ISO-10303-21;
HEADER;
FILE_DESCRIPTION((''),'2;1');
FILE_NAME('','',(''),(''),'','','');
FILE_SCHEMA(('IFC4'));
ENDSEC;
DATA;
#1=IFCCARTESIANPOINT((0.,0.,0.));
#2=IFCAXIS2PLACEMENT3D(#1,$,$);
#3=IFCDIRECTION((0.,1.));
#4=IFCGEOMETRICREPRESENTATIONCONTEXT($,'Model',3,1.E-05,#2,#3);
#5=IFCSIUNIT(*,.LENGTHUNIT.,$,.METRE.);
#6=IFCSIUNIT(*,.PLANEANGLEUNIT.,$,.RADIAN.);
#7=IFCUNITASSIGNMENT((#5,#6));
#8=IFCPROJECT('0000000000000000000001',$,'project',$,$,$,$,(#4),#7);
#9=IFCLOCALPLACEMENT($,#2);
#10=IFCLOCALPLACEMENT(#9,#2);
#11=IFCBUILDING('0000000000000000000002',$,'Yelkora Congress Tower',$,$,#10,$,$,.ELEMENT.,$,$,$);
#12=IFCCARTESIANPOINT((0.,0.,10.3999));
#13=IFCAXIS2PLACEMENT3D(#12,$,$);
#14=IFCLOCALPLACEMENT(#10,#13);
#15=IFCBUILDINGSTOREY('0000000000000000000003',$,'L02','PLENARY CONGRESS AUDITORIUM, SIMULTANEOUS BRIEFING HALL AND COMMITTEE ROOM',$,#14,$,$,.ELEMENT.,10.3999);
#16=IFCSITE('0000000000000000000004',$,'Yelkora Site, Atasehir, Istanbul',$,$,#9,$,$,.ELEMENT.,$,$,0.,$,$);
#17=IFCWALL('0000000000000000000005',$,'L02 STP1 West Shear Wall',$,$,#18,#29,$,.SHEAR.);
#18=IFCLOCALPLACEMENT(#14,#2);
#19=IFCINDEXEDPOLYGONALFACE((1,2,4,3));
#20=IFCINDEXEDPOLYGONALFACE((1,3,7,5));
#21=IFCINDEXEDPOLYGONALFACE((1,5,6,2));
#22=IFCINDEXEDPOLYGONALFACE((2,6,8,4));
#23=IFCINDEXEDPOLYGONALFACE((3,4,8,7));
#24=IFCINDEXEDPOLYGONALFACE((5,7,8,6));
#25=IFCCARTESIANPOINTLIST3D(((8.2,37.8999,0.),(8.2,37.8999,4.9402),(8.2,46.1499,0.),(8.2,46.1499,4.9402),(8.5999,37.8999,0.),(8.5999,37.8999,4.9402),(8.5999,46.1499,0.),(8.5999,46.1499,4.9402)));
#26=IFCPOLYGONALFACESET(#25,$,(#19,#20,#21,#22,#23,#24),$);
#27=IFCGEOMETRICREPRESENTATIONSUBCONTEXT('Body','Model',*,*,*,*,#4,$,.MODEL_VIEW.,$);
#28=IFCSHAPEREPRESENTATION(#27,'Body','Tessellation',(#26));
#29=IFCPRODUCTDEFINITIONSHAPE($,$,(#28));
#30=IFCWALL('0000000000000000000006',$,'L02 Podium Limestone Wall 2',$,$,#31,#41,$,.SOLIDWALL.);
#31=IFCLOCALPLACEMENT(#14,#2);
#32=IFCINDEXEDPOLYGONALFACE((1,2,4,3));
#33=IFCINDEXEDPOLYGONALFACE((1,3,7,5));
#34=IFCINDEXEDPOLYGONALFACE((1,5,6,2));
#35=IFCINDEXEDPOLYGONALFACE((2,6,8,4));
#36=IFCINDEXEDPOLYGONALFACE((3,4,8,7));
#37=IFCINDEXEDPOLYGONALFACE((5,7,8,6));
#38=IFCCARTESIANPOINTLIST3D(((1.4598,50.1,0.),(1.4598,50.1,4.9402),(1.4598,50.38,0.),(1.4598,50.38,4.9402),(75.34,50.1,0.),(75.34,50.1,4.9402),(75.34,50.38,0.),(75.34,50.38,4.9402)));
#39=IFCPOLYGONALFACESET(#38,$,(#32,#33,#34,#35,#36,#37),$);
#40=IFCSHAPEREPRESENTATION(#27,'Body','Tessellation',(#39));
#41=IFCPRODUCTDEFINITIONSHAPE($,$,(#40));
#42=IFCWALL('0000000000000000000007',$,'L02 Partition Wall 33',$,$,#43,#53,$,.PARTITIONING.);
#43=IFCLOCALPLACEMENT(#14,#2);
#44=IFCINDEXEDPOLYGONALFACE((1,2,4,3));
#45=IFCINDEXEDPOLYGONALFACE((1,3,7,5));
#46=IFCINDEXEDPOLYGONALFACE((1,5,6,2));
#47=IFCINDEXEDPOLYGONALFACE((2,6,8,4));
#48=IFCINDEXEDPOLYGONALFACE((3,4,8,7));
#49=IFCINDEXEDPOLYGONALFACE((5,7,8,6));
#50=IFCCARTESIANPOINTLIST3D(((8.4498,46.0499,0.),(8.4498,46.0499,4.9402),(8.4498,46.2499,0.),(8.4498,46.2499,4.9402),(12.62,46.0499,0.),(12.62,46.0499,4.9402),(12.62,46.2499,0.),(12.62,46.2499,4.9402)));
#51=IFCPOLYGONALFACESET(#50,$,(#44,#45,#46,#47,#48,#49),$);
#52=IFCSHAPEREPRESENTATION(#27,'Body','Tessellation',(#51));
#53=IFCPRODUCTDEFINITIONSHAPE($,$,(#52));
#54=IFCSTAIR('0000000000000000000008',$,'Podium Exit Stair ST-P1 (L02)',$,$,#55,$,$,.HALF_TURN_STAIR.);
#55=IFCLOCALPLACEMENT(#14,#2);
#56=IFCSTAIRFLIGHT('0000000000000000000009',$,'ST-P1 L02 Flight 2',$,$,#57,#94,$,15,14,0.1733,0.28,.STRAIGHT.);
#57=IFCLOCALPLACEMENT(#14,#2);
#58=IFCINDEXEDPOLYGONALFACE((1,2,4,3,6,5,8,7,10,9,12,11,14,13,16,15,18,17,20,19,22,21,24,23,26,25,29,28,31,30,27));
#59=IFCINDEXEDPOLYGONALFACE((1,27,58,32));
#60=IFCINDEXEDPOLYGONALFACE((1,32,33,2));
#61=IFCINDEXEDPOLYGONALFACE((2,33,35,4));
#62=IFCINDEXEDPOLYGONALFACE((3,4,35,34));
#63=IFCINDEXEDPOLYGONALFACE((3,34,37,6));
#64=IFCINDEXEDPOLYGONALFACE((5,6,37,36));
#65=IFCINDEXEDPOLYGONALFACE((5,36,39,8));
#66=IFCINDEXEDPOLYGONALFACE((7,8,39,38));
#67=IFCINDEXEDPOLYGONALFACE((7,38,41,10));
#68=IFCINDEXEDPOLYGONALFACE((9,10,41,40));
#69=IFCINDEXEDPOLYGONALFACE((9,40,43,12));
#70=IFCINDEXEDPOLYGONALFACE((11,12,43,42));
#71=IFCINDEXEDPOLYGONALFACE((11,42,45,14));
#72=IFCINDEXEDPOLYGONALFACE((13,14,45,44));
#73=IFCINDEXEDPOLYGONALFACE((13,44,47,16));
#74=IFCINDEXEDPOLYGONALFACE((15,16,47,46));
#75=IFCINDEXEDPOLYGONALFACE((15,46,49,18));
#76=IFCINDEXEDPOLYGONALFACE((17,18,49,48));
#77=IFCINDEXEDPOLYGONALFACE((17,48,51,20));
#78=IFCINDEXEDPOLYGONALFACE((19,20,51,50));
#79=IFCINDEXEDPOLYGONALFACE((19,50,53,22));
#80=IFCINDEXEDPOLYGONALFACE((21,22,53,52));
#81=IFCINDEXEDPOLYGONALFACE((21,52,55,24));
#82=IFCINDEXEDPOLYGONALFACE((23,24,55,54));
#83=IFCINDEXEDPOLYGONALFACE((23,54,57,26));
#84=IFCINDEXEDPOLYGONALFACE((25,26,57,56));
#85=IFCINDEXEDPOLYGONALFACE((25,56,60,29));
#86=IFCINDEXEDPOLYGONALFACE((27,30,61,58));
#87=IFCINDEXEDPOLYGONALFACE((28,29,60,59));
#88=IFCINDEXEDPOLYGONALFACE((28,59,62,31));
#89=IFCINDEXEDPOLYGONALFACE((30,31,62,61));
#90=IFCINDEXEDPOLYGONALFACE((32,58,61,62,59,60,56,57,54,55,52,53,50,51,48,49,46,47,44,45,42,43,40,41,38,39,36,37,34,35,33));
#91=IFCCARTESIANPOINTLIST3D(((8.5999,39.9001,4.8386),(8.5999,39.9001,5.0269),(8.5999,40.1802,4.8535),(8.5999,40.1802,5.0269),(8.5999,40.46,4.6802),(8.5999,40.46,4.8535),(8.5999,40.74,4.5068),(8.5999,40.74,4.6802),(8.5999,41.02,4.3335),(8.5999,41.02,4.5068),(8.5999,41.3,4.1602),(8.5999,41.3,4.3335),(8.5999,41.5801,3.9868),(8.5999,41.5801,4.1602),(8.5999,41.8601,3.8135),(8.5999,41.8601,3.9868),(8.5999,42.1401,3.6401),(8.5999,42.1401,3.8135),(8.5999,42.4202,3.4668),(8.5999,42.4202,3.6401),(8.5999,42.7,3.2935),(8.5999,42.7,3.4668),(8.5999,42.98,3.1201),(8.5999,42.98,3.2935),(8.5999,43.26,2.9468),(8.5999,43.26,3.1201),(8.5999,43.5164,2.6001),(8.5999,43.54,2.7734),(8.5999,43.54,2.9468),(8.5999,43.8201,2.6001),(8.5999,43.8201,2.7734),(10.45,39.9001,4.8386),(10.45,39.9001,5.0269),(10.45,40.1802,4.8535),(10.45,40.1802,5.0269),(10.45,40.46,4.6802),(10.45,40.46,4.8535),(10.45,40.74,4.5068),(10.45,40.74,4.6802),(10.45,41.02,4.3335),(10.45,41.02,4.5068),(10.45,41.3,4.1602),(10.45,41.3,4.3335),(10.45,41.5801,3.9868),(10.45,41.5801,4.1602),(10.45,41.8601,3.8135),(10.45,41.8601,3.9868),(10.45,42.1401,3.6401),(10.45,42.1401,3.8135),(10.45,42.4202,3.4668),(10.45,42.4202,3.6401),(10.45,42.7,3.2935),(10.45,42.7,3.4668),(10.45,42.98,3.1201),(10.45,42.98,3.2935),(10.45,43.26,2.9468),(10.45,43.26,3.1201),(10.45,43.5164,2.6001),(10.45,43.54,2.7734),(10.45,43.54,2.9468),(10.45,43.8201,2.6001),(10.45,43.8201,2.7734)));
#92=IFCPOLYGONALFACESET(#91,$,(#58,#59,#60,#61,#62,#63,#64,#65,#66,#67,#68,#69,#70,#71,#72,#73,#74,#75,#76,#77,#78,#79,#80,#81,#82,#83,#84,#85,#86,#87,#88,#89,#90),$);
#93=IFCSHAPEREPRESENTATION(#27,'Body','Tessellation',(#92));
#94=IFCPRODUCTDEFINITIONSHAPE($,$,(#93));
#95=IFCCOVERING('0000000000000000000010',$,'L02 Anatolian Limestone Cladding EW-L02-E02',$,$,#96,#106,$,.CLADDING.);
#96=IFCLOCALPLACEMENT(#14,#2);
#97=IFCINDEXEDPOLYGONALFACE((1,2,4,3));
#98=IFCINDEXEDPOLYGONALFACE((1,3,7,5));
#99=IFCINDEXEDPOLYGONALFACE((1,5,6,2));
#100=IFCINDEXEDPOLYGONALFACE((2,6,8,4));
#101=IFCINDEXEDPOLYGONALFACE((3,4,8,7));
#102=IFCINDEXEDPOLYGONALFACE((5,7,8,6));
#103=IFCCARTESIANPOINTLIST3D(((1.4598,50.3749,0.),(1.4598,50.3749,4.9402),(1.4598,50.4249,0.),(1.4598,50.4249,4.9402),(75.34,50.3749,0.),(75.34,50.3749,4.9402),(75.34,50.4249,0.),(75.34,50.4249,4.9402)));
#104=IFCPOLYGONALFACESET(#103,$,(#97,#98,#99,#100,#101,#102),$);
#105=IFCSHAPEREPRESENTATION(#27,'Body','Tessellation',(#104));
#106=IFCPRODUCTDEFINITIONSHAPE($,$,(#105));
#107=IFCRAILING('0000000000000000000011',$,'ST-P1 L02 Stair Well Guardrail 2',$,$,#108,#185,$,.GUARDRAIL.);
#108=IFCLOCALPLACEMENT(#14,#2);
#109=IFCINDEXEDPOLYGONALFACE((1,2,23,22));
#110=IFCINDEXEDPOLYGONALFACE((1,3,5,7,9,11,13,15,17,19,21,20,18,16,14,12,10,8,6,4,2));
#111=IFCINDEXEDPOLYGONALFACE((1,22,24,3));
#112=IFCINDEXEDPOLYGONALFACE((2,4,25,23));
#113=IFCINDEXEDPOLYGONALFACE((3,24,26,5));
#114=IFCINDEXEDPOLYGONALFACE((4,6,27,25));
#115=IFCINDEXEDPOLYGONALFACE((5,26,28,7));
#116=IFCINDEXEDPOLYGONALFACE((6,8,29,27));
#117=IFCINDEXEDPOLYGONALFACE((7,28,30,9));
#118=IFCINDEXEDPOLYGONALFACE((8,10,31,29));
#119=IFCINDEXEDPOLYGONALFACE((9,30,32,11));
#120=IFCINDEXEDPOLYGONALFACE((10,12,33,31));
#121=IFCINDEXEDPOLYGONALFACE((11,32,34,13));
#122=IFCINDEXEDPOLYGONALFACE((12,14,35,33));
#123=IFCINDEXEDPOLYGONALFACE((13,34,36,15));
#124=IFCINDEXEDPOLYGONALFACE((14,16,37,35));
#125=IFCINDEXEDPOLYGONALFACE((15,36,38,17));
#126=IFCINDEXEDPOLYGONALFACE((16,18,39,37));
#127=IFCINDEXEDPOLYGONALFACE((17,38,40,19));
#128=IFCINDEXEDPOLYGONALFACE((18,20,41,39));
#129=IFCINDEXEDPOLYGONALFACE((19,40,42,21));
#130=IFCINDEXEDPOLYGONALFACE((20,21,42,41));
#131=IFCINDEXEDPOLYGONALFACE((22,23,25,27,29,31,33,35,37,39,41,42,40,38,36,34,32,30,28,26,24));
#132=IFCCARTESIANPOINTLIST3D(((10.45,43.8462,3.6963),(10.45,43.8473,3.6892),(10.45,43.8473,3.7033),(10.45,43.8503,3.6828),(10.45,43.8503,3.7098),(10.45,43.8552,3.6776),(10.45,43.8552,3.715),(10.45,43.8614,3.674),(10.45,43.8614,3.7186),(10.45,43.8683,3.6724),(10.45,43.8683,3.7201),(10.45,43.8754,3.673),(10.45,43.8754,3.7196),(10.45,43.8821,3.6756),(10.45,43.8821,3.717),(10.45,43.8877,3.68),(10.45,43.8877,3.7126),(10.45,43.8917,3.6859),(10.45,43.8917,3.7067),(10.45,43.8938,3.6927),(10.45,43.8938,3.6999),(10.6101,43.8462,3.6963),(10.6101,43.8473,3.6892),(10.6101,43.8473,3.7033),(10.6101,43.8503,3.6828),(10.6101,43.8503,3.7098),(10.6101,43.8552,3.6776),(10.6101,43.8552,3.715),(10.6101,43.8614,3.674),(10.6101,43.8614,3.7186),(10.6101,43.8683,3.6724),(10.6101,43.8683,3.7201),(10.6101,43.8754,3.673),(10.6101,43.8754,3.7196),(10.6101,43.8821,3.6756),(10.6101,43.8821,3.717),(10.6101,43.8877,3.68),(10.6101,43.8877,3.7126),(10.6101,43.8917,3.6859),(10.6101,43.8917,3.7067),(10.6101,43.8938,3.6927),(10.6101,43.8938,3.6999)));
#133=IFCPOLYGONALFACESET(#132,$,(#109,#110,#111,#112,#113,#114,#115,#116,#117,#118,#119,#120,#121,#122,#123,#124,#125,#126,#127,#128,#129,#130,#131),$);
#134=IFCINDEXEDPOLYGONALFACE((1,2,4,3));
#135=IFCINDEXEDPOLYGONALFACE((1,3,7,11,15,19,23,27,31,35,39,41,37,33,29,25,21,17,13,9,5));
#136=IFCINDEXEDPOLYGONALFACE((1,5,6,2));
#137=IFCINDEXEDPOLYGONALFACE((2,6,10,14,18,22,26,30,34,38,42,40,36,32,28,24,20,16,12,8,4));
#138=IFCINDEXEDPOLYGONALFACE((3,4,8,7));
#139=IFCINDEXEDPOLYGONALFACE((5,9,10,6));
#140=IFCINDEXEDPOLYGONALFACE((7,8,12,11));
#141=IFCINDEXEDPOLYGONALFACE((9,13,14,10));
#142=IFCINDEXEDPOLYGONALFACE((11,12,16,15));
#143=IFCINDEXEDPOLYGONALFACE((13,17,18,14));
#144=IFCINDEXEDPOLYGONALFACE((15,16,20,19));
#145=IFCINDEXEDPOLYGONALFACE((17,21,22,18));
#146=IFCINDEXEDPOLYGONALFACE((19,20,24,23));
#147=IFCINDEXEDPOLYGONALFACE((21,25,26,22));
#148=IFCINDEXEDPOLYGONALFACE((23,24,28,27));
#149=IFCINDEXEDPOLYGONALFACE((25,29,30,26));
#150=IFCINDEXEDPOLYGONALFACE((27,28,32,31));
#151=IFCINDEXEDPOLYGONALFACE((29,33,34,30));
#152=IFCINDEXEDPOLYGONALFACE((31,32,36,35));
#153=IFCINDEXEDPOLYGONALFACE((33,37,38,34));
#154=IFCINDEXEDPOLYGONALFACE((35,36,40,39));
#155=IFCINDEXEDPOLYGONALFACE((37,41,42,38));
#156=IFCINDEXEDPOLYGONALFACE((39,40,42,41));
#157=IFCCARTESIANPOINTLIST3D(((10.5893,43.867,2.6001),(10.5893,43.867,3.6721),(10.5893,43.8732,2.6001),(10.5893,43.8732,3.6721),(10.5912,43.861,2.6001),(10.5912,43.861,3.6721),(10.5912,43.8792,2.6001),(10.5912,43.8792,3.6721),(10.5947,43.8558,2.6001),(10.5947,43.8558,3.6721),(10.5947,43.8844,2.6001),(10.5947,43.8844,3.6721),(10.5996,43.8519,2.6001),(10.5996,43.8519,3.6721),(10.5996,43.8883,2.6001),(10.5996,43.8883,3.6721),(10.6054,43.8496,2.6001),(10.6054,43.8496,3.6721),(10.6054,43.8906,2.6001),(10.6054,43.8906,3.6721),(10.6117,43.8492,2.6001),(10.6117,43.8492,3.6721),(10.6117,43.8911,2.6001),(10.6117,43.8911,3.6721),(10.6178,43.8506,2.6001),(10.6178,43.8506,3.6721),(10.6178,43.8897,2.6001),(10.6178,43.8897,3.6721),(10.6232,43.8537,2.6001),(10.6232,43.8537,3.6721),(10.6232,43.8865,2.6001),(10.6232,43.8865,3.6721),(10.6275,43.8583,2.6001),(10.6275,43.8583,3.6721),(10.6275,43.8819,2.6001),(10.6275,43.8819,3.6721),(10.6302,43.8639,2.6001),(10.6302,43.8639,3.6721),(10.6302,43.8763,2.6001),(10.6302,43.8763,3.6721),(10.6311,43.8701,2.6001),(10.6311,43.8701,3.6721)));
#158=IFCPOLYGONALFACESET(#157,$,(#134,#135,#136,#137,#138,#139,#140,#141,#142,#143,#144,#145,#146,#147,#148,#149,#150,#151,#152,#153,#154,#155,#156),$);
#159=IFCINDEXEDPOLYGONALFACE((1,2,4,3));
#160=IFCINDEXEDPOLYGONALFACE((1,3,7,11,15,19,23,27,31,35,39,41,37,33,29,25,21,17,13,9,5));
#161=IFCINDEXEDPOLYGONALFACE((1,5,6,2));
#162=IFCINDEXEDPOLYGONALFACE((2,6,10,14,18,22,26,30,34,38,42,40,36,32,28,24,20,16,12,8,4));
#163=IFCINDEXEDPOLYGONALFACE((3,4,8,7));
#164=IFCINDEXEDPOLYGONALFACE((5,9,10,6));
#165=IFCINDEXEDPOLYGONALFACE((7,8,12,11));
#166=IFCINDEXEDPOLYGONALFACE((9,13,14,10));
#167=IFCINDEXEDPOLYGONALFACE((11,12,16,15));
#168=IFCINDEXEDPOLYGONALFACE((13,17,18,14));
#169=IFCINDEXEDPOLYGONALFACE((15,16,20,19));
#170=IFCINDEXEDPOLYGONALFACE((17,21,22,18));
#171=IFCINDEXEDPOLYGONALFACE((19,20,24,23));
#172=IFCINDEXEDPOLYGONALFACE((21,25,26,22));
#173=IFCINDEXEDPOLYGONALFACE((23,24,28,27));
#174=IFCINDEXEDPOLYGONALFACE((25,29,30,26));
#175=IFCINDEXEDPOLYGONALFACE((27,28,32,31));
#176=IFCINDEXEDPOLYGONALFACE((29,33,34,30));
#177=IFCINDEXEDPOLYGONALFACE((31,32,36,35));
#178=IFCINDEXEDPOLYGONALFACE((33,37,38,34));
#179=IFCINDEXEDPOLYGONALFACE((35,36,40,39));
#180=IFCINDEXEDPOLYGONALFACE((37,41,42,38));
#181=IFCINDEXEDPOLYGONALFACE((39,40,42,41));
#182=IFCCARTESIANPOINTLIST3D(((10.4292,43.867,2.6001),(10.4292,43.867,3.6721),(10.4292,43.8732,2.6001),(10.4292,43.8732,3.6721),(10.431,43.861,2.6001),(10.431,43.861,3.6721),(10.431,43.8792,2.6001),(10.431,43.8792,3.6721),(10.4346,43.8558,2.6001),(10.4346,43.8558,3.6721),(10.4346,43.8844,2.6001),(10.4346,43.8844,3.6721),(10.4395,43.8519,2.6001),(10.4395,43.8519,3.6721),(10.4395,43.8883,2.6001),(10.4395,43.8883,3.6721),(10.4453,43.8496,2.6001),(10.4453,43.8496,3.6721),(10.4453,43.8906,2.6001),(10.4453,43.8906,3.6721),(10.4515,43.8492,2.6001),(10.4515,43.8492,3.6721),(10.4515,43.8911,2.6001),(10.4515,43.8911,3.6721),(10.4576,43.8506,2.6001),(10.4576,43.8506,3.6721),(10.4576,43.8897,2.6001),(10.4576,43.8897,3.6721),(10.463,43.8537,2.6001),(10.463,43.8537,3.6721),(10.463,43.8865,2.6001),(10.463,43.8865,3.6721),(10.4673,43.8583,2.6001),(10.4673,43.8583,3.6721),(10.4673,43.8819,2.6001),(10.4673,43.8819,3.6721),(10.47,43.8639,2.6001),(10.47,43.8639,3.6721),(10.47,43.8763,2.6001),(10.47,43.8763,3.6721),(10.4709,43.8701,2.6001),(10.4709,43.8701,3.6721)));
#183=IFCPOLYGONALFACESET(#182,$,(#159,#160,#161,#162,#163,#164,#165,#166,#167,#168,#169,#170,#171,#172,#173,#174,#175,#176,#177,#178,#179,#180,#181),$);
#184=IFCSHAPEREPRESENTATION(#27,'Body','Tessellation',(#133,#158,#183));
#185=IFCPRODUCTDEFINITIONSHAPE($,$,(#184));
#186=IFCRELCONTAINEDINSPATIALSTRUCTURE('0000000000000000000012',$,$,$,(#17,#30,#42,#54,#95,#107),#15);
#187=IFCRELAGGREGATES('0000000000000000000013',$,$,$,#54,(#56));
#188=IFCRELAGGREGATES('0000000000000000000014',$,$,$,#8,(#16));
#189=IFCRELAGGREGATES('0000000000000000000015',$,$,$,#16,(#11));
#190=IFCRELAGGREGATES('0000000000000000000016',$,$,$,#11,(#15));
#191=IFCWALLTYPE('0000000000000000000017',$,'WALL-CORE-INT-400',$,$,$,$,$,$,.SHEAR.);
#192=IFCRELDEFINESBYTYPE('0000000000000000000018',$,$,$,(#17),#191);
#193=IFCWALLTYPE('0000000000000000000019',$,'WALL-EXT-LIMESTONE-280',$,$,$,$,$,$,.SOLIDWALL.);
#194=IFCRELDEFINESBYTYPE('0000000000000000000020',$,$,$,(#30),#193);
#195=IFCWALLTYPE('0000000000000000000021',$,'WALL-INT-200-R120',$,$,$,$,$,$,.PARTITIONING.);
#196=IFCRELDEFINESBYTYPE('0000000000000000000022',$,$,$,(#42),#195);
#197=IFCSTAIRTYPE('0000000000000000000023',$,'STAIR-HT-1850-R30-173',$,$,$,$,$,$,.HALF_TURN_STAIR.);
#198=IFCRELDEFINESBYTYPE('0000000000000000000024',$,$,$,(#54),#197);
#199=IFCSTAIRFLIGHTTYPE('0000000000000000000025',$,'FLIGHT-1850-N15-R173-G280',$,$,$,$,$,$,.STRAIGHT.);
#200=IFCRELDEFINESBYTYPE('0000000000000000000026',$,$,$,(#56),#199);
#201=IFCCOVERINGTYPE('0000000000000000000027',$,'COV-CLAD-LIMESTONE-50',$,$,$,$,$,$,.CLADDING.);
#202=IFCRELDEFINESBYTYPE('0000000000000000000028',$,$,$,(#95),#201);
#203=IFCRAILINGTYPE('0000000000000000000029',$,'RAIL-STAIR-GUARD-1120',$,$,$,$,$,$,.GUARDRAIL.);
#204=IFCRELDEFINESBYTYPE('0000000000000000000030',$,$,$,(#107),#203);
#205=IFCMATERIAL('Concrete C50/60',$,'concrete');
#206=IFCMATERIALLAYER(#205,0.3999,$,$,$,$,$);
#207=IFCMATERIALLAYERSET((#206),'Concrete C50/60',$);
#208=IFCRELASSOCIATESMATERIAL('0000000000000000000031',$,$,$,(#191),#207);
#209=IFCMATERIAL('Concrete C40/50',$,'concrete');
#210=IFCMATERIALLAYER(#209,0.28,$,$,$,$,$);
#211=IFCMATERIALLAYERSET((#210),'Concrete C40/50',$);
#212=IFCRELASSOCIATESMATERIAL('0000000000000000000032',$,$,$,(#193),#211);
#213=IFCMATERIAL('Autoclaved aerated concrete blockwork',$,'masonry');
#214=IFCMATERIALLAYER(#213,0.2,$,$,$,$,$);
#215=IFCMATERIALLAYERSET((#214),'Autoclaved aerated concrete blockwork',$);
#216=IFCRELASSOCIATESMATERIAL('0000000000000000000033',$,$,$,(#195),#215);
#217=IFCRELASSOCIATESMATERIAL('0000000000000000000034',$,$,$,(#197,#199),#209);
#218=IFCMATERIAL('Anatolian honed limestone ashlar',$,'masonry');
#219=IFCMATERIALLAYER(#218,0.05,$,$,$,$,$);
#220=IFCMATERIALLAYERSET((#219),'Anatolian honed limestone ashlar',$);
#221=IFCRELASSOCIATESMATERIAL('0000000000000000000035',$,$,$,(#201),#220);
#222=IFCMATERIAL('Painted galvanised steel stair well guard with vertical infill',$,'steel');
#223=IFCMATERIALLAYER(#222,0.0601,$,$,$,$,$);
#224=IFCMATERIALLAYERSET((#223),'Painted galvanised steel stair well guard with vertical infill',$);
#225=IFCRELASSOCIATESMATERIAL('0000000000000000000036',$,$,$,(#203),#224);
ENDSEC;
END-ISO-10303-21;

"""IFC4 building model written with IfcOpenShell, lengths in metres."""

from ifc_helpers import new_model, si_unit, direction, frame, frame_2d, origin, origin_2d, place, context, subcontext, project, spatial, polyline, rectangle, circle, outline, extrude, material, layer, layer_set, type_object, element, aggregate, save


model = new_model("IFC4")

# Units and contexts
model_context = context("Model", 3, precision=1e-05, world=origin(), true_north=direction((0.0, 1.0)))
body_context = subcontext(model_context, "Body", "Model", "MODEL_VIEW")
ifc_project = project(units=[si_unit("LENGTHUNIT", "METRE"), si_unit("PLANEANGLEUNIT", "RADIAN")], contexts=[model_context])

# Site, building, storey
site_placement = place(None, origin())
site = spatial("IfcSite", under=ifc_project, at=site_placement, Name="Yelkora Site, Atasehir, Istanbul", CompositionType="ELEMENT", RefElevation=0.0)
building_placement = place(site_placement, origin())
building = spatial("IfcBuilding", under=site, at=building_placement, Name="Yelkora Congress Tower", CompositionType="ELEMENT")
storey_placement = place(building_placement, frame((0.0, 0.0, 10.3999)))
storey = spatial("IfcBuildingStorey", under=building, at=storey_placement, Name="L02", Description="PLENARY CONGRESS AUDITORIUM, SIMULTANEOUS BRIEFING HALL AND COMMITTEE ROOM", CompositionType="ELEMENT", Elevation=10.3999)

# Shared definitions
ifc_material_1 = material(Name="Concrete C50/60", Category="concrete")

# Walls
ifc_layer_1 = layer(ifc_material_1, 0.3999)
ifc_layer_set_1 = layer_set([ifc_layer_1], Name="Concrete C50/60")
wall_type_1 = type_object("IfcWallType", Name="WALL-CORE-INT-400", PredefinedType="SHEAR", material=ifc_layer_set_1)
wall_1_placement = place(storey_placement, frame((8.3999, 37.8999, 0.0), z_axis=(0.0, 0.0, 1.0), x_axis=(0.0, 1.0, 0.0)))
element("IfcWall", 1, at=wall_1_placement, inside=storey, type_object=wall_type_1, Name="L02 STP1 West Shear Wall", PredefinedType="SHEAR", context=body_context, shape_type="SweptSolid", body=[
    extrude(rectangle(XDim=8.25, YDim=0.3999, at=frame_2d((4.125, 0.0))), origin(), (0.0, 0.0, 1.0), 4.9402),
])
ifc_material_2 = material(Name="Concrete C40/50", Category="concrete")
ifc_layer_2 = layer(ifc_material_2, 0.28)
ifc_layer_set_2 = layer_set([ifc_layer_2], Name="Concrete C40/50")
wall_type_2 = type_object("IfcWallType", Name="WALL-EXT-LIMESTONE-280", PredefinedType="SOLIDWALL", material=ifc_layer_set_2)
wall_2_placement = place(storey_placement, frame((1.46, 50.24, 0.0), z_axis=(0.0, 0.0, 1.0), x_axis=(1.0, 0.0, 0.0)))
element("IfcWall", 2, at=wall_2_placement, inside=storey, type_object=wall_type_2, Name="L02 Podium Limestone Wall 2", PredefinedType="SOLIDWALL", context=body_context, shape_type="SweptSolid", body=[
    extrude(rectangle(XDim=73.8801, YDim=0.28, at=frame_2d((36.9399, 0.0))), origin(), (0.0, 0.0, 1.0), 4.9402),
])

# Shared definitions
ifc_material_3 = material(Name="Autoclaved aerated concrete blockwork", Category="masonry")
ifc_layer_3 = layer(ifc_material_3, 0.2)
ifc_layer_set_3 = layer_set([ifc_layer_3], Name="Autoclaved aerated concrete blockwork")
wall_type_3 = type_object("IfcWallType", Name="WALL-INT-200-R120", PredefinedType="PARTITIONING", material=ifc_layer_set_3)

# Wall
wall_3_placement = place(storey_placement, frame((8.45, 46.1499, 0.0), z_axis=(0.0, 0.0, 1.0), x_axis=(1.0, 0.0, 0.0)))
element("IfcWall", 3, at=wall_3_placement, inside=storey, type_object=wall_type_3, Name="L02 Partition Wall 33", PredefinedType="PARTITIONING", context=body_context, shape_type="SweptSolid", body=[
    extrude(rectangle(XDim=4.1702, YDim=0.2, at=frame_2d((2.085, 0.0))), origin(), (0.0, 0.0, 1.0), 4.9402),
])

# Stair, stair flight
stair_type = type_object("IfcStairType", Name="STAIR-HT-1850-R30-173", PredefinedType="HALF_TURN_STAIR", material=ifc_material_2)
stair_placement = place(storey_placement, origin())
stair = element("IfcStair", 4, at=stair_placement, inside=storey, type_object=stair_type, Name="Podium Exit Stair ST-P1 (L02)", PredefinedType="HALF_TURN_STAIR")
stair_flight_type = type_object("IfcStairFlightType", Name="FLIGHT-1850-N15-R173-G280", PredefinedType="STRAIGHT", material=ifc_material_2)
stair_flight_placement = place(storey_placement, frame((9.5249, 43.8201, 2.6001), z_axis=(0.0, 0.0, 1.0), x_axis=(0.0, -1.0, 0.0)))
stair_flight = element("IfcStairFlight", 5, at=stair_flight_placement, type_object=stair_flight_type, Name="ST-P1 L02 Flight 2", NumberOfRisers=15, NumberOfTreads=14, PredefinedType="STRAIGHT", RiserHeight=0.1733, TreadLength=0.28, context=body_context, shape_type="SweptSolid", body=[
    extrude(outline(polyline([(0.0, 0.0), (0.0, 0.1733), (0.28, 0.1733), (0.28, 0.3467), (0.5601, 0.3467), (0.5601, 0.52), (0.8401, 0.52), (0.8401, 0.6934), (1.1201, 0.6934), (1.1201, 0.8667), (1.3999, 0.8667), (1.3999, 1.04), (1.6799, 1.04), (1.6799, 1.2134), (1.96, 1.2134), (1.96, 1.3867), (2.24, 1.3867), (2.24, 1.5601), (2.52, 1.5601), (2.52, 1.7334), (2.8, 1.7334), (2.8, 1.9067), (3.0801, 1.9067), (3.0801, 2.0801), (3.3601, 2.0801), (3.3601, 2.2534), (3.6399, 2.2534), (3.6399, 2.4268), (3.9199, 2.4268), (3.9199, 2.6001), (3.9199, 2.2385), (0.3037, 0.0), (0.0, 0.0)])), frame((0.0, 0.925, 0.0), z_axis=(0.0, -1.0, 0.0), x_axis=(1.0, 0.0, 0.0)), (0.0, 0.0, 1.0), 1.8501),
])
aggregate(stair, [stair_flight])

# Covering
ifc_material_4 = material(Name="Anatolian honed limestone ashlar", Category="masonry")
ifc_layer_4 = layer(ifc_material_4, 0.05)
ifc_layer_set_4 = layer_set([ifc_layer_4], Name="Anatolian honed limestone ashlar")
covering_type = type_object("IfcCoveringType", Name="COV-CLAD-LIMESTONE-50", PredefinedType="CLADDING", material=ifc_layer_set_4)
covering_placement = place(storey_placement, frame((1.46, 50.3999, 0.0), z_axis=(0.0, 0.0, 1.0), x_axis=(1.0, 0.0, 0.0)))
element("IfcCovering", 6, at=covering_placement, inside=storey, type_object=covering_type, Name="L02 Anatolian Limestone Cladding EW-L02-E02", PredefinedType="CLADDING", context=body_context, shape_type="SweptSolid", body=[
    extrude(rectangle(XDim=73.8801, YDim=0.05, at=frame_2d((36.9399, 0.0))), origin(), (0.0, 0.0, 1.0), 4.9402),
])

# Railing
ifc_material_5 = material(Name="Painted galvanised steel stair well guard with vertical infill", Category="steel")
ifc_layer_5 = layer(ifc_material_5, 0.0601)
ifc_layer_set_5 = layer_set([ifc_layer_5], Name="Painted galvanised steel stair well guard with vertical infill")
railing_type_1 = type_object("IfcRailingType", Name="RAIL-STAIR-GUARD-1120", PredefinedType="GUARDRAIL", material=ifc_layer_set_5)
railing_1_placement = place(storey_placement, frame((10.6101, 43.8701, 2.6001)))
element("IfcRailing", 7, at=railing_1_placement, inside=storey, type_object=railing_type_1, Name="ST-P1 L02 Stair Well Guardrail 2", PredefinedType="GUARDRAIL", context=body_context, shape_type="SweptSolid", body=[
    extrude(circle(Radius=0.0239, at=origin_2d()), frame((0.0, 0.0, 1.0962), z_axis=(-1.0, 0.0, 0.0), x_axis=(0.0, -1.0, 0.0)), (0.0, 0.0, 1.0), 0.1602),
    extrude(circle(Radius=0.021, at=origin_2d()), origin(), (0.0, 0.0, 1.0), 1.072),
    extrude(circle(Radius=0.021, at=origin_2d()), frame((-0.1602, 0.0, 0.0)), (0.0, 0.0, 1.0), 1.072),
])

save(model, "model.ifc")
